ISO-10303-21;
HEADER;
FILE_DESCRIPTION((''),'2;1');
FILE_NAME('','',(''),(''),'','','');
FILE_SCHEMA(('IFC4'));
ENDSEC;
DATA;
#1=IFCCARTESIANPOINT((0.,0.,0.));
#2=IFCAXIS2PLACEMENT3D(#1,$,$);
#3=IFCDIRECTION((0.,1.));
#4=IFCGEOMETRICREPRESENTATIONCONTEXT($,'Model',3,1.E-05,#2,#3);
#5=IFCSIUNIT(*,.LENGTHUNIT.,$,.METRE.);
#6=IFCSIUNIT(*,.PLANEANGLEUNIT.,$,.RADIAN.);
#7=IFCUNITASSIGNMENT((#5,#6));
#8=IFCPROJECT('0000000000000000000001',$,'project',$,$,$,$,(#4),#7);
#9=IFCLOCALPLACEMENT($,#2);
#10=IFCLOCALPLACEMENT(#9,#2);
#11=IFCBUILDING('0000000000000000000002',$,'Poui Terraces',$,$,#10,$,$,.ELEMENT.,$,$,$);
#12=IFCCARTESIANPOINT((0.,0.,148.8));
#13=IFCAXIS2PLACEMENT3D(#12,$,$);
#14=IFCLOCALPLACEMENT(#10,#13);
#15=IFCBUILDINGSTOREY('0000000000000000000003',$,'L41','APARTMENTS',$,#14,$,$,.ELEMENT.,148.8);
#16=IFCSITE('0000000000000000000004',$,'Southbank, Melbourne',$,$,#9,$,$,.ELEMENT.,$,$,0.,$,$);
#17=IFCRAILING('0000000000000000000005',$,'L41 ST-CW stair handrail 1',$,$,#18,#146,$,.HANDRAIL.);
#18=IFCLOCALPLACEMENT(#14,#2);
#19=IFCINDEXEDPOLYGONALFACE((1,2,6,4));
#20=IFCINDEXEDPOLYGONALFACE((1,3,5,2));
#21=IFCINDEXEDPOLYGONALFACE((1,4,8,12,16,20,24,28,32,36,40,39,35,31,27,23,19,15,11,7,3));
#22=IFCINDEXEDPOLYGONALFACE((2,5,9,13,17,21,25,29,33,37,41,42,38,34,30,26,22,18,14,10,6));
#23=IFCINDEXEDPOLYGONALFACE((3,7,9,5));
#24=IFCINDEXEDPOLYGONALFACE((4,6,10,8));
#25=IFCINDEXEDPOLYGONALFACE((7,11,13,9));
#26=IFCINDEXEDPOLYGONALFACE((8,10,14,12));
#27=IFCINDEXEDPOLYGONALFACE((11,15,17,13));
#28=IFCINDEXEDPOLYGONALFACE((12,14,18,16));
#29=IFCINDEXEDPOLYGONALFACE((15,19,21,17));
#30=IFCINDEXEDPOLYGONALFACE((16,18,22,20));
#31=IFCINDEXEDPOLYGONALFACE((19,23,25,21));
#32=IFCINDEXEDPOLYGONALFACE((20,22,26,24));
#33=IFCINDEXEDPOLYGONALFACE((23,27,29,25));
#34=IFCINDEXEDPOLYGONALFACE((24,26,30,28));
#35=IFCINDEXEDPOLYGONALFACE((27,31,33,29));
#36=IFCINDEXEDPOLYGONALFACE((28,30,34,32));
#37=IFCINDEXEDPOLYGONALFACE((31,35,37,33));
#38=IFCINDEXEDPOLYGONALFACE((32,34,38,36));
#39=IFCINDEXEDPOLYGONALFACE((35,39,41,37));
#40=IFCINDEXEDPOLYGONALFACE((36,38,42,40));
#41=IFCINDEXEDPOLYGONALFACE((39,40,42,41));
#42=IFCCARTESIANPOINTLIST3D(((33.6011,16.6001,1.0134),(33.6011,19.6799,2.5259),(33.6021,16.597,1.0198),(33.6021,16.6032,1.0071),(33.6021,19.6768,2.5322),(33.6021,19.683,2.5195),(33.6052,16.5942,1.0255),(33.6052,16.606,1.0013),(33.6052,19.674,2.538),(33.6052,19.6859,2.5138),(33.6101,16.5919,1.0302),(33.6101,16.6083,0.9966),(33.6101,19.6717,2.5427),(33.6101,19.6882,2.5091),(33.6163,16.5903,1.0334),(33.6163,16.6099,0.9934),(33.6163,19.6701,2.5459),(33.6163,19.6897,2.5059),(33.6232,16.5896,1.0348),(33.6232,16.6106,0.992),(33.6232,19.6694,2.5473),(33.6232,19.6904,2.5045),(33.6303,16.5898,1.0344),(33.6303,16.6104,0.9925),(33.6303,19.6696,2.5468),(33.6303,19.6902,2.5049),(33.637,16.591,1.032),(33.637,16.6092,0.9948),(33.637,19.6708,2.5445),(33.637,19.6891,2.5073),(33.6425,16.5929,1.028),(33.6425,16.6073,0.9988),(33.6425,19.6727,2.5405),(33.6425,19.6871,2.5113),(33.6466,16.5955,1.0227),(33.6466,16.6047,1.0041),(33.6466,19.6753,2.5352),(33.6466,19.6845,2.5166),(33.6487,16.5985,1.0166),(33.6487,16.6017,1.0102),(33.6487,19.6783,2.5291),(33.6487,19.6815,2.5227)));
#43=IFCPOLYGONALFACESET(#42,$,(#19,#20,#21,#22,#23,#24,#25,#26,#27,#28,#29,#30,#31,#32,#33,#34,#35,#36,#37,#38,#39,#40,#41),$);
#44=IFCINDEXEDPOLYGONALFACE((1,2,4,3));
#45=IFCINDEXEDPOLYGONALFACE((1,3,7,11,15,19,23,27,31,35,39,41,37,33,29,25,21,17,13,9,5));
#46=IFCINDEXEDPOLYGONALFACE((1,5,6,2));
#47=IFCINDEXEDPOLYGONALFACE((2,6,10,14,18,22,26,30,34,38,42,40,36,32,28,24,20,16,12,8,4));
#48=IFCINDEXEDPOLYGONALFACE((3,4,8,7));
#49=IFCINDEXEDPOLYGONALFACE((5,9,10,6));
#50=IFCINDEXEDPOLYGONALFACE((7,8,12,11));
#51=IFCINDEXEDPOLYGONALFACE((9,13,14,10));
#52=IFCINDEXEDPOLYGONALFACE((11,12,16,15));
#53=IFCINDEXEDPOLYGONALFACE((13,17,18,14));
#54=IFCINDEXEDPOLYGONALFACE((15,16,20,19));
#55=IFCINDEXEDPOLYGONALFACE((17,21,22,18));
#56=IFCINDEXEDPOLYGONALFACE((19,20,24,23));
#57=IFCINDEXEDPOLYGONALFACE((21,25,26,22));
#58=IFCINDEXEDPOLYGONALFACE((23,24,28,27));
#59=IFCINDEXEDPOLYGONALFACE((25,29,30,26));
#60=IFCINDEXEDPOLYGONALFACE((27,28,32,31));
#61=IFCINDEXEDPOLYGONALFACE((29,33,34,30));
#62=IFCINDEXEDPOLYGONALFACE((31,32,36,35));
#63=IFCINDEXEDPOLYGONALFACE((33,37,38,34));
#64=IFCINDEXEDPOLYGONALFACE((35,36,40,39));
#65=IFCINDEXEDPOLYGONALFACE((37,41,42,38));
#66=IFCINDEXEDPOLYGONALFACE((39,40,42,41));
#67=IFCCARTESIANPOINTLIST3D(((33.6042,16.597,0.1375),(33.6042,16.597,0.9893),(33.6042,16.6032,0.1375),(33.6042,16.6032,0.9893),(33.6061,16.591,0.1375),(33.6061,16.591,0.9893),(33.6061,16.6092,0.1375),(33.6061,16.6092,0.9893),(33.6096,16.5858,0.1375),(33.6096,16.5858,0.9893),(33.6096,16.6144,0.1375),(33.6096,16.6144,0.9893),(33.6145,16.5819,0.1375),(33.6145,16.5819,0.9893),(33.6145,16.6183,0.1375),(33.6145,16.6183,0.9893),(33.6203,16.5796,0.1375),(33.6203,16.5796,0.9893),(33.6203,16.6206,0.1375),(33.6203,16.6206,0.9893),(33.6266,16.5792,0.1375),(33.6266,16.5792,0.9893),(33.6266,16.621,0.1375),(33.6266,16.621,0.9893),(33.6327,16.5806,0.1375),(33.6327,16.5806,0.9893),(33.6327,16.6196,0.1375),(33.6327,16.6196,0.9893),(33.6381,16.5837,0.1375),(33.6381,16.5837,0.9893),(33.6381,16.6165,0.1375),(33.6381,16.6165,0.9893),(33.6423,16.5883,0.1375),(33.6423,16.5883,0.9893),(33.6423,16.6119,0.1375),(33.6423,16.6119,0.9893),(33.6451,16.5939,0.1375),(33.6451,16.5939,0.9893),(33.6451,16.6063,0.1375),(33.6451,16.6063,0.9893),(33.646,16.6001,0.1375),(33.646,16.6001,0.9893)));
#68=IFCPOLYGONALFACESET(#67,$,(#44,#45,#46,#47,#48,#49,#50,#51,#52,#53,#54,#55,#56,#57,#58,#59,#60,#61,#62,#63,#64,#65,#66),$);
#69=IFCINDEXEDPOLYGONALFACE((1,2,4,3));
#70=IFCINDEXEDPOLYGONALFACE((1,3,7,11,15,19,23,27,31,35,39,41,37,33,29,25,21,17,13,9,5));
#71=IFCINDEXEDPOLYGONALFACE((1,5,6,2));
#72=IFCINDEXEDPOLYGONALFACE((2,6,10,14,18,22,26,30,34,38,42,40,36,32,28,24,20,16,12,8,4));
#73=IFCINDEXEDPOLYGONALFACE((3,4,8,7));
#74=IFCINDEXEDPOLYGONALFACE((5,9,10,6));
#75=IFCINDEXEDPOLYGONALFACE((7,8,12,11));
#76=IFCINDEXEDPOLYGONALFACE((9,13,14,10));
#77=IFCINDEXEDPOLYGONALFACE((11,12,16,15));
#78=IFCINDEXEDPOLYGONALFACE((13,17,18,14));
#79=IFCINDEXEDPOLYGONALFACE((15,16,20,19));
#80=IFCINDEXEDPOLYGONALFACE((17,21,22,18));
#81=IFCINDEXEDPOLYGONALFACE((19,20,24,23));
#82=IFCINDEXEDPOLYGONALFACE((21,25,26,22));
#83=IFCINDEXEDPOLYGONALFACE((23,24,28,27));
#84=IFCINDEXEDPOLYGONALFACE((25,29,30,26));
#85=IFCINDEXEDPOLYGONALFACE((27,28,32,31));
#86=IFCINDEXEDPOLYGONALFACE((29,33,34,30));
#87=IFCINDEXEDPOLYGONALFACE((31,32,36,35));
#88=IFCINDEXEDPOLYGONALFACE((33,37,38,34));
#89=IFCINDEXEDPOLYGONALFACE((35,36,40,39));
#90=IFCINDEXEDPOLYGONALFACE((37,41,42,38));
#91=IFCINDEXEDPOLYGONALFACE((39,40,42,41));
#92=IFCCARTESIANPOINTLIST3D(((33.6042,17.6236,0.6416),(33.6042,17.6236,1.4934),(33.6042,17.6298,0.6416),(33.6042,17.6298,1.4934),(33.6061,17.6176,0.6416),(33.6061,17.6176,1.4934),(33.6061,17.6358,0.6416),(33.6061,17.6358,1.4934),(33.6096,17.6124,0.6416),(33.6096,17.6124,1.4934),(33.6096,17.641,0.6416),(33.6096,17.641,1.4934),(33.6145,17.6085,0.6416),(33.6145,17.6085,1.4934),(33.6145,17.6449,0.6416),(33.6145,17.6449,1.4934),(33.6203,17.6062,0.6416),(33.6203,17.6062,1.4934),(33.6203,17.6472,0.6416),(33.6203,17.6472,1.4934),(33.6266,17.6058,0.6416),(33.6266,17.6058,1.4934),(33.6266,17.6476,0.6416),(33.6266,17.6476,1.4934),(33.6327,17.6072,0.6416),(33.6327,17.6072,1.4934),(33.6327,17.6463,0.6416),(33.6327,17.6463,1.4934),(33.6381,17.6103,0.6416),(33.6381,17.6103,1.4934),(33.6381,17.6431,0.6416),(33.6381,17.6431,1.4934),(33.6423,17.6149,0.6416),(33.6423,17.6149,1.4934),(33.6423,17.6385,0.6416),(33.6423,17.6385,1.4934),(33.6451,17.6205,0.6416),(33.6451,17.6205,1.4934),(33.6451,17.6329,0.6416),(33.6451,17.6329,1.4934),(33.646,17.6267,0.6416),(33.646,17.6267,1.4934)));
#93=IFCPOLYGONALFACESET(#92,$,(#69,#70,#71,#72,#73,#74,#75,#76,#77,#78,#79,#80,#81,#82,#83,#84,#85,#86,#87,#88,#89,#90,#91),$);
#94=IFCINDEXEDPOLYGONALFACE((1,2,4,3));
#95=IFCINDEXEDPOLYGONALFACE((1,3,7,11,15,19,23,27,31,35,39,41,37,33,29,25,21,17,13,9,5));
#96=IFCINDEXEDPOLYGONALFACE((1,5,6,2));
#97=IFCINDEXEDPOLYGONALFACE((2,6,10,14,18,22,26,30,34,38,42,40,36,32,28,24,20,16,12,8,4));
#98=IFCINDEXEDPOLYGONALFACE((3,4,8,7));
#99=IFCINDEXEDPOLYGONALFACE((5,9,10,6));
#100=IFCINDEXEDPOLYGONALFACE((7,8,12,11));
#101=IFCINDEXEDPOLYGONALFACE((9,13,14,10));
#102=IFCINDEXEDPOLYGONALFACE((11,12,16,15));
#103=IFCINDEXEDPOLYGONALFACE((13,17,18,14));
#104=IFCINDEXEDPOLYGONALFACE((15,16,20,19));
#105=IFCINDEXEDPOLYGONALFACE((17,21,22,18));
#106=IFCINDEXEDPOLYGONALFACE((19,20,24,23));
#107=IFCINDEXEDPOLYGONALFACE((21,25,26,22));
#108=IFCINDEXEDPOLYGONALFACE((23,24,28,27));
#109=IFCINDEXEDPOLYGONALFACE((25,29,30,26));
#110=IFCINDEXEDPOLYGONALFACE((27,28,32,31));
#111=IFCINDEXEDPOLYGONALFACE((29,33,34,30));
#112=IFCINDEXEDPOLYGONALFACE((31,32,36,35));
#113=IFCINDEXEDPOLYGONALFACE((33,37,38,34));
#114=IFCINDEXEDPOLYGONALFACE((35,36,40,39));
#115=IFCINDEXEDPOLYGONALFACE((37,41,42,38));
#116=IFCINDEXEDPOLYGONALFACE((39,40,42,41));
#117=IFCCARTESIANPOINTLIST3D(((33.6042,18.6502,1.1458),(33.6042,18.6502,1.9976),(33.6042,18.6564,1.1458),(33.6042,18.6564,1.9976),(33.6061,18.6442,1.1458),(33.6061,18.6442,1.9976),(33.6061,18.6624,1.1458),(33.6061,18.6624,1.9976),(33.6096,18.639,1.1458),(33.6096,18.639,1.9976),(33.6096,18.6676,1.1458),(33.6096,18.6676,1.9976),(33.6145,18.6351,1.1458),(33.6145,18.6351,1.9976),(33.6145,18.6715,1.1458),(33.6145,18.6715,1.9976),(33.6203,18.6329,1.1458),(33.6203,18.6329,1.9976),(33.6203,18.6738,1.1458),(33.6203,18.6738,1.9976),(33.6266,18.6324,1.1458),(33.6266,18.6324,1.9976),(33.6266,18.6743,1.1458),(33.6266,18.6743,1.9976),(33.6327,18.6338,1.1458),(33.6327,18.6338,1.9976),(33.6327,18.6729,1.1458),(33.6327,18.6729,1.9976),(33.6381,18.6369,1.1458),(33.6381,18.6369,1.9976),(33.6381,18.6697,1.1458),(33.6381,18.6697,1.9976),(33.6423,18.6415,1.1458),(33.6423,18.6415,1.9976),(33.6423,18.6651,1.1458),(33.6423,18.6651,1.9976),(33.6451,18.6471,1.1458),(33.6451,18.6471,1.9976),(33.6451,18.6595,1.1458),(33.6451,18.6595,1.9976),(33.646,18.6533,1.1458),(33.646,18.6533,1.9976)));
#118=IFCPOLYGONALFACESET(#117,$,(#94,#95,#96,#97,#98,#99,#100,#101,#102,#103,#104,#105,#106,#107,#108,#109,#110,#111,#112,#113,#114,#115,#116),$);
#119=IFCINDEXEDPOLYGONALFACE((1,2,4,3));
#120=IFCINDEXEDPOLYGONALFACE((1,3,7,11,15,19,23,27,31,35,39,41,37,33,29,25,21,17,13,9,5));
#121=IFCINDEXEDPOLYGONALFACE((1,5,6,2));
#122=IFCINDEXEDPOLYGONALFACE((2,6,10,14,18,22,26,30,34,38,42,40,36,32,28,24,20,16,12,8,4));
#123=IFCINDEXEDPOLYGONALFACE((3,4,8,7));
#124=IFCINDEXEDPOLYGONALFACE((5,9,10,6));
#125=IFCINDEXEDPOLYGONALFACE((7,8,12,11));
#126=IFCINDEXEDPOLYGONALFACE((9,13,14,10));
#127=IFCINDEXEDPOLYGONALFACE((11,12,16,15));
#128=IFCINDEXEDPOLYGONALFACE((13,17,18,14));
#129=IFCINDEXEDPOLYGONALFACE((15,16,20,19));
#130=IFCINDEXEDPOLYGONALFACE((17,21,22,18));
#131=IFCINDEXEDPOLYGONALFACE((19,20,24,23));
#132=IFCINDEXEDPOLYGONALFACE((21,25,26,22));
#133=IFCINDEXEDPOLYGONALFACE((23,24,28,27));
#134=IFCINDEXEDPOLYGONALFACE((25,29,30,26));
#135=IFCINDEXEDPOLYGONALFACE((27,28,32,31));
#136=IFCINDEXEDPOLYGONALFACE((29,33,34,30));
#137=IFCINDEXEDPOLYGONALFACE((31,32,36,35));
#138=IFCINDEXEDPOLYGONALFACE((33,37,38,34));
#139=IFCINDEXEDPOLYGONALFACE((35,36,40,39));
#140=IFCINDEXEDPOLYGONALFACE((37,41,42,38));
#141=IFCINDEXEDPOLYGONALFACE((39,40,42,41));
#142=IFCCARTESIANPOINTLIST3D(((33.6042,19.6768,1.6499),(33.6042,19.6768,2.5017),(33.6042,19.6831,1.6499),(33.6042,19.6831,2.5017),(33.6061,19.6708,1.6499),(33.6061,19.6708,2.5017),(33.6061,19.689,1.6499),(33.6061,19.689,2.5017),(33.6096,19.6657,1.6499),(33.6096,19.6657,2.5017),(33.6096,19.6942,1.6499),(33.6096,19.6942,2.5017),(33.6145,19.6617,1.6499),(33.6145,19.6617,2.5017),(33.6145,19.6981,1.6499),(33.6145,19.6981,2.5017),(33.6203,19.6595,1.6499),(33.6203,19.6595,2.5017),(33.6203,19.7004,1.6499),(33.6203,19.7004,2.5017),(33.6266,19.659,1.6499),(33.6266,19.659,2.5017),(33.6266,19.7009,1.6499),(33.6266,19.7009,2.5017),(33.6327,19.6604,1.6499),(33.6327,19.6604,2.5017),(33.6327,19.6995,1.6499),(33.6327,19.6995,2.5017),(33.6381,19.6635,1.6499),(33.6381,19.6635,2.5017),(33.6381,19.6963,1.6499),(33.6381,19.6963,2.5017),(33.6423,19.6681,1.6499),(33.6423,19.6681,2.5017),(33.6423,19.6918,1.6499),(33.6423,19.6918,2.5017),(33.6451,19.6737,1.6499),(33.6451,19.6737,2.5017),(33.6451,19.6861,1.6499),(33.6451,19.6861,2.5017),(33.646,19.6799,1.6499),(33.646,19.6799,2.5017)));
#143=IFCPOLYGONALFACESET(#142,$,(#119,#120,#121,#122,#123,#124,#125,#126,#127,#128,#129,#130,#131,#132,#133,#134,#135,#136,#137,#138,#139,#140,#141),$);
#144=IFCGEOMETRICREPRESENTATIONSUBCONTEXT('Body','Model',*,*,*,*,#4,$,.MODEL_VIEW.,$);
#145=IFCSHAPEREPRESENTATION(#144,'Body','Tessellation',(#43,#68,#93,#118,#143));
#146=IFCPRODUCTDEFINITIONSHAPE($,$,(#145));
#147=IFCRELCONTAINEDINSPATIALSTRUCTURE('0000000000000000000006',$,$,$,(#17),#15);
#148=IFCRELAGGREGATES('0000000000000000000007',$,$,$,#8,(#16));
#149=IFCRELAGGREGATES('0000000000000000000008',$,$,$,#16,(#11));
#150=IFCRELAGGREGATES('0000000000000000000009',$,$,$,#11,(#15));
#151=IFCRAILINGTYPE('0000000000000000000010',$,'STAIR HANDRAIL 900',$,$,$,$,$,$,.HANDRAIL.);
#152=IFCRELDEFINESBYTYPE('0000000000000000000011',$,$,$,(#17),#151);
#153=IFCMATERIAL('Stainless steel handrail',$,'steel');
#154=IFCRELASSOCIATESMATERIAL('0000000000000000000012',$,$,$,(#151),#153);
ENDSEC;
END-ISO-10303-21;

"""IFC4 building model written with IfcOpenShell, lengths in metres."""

from ifc_helpers import new_model, si_unit, direction, frame, origin, origin_2d, place, context, subcontext, project, spatial, circle, extrude, material, type_object, element, save


model = new_model("IFC4")

# Units and contexts
model_context = context("Model", 3, precision=1e-05, world=origin(), true_north=direction((0.0, 1.0)))
body_context = subcontext(model_context, "Body", "Model", "MODEL_VIEW")
ifc_project = project(units=[si_unit("LENGTHUNIT", "METRE"), si_unit("PLANEANGLEUNIT", "RADIAN")], contexts=[model_context])

# Site, building, storey
site_placement = place(None, origin())
site = spatial("IfcSite", under=ifc_project, at=site_placement, Name="Southbank, Melbourne", CompositionType="ELEMENT", RefElevation=0.0)
building_placement = place(site_placement, origin())
building = spatial("IfcBuilding", under=site, at=building_placement, Name="Poui Terraces", CompositionType="ELEMENT")
storey_placement = place(building_placement, frame((0.0, 0.0, 148.8)))
storey = spatial("IfcBuildingStorey", under=building, at=storey_placement, Name="L41", Description="APARTMENTS", CompositionType="ELEMENT", Elevation=148.8)

# Railing
ifc_material_1 = material(Name="Stainless steel handrail", Category="steel")
railing_type_1 = type_object("IfcRailingType", Name="STAIR HANDRAIL 900", PredefinedType="HANDRAIL", material=ifc_material_1)
railing_1_placement = place(storey_placement, frame((33.625, 16.6001, 0.1375)))
element("IfcRailing", 1, at=railing_1_placement, inside=storey, type_object=railing_type_1, Name="L41 ST-CW stair handrail 1", PredefinedType="HANDRAIL", context=body_context, shape_type="SweptSolid", body=[
    extrude(circle(Radius=0.0239, at=origin_2d()), frame((0.0, 0.0, 0.876), z_axis=(0.0, 0.897606, 0.440798), x_axis=(-1.0, 0.0, 0.0)), (0.0, 0.0, 1.0), 3.4312),
    extrude(circle(Radius=0.021, at=origin_2d()), origin(), (0.0, 0.0, 1.0), 0.8518),
    extrude(circle(Radius=0.021, at=origin_2d()), frame((0.0, 1.0266, 0.5042)), (0.0, 0.0, 1.0), 0.8518),
    extrude(circle(Radius=0.021, at=origin_2d()), frame((0.0, 2.0532, 1.0083)), (0.0, 0.0, 1.0), 0.8518),
    extrude(circle(Radius=0.021, at=origin_2d()), frame((0.0, 3.0798, 1.5125)), (0.0, 0.0, 1.0), 0.8518),
])

save(model, "model.ifc")
